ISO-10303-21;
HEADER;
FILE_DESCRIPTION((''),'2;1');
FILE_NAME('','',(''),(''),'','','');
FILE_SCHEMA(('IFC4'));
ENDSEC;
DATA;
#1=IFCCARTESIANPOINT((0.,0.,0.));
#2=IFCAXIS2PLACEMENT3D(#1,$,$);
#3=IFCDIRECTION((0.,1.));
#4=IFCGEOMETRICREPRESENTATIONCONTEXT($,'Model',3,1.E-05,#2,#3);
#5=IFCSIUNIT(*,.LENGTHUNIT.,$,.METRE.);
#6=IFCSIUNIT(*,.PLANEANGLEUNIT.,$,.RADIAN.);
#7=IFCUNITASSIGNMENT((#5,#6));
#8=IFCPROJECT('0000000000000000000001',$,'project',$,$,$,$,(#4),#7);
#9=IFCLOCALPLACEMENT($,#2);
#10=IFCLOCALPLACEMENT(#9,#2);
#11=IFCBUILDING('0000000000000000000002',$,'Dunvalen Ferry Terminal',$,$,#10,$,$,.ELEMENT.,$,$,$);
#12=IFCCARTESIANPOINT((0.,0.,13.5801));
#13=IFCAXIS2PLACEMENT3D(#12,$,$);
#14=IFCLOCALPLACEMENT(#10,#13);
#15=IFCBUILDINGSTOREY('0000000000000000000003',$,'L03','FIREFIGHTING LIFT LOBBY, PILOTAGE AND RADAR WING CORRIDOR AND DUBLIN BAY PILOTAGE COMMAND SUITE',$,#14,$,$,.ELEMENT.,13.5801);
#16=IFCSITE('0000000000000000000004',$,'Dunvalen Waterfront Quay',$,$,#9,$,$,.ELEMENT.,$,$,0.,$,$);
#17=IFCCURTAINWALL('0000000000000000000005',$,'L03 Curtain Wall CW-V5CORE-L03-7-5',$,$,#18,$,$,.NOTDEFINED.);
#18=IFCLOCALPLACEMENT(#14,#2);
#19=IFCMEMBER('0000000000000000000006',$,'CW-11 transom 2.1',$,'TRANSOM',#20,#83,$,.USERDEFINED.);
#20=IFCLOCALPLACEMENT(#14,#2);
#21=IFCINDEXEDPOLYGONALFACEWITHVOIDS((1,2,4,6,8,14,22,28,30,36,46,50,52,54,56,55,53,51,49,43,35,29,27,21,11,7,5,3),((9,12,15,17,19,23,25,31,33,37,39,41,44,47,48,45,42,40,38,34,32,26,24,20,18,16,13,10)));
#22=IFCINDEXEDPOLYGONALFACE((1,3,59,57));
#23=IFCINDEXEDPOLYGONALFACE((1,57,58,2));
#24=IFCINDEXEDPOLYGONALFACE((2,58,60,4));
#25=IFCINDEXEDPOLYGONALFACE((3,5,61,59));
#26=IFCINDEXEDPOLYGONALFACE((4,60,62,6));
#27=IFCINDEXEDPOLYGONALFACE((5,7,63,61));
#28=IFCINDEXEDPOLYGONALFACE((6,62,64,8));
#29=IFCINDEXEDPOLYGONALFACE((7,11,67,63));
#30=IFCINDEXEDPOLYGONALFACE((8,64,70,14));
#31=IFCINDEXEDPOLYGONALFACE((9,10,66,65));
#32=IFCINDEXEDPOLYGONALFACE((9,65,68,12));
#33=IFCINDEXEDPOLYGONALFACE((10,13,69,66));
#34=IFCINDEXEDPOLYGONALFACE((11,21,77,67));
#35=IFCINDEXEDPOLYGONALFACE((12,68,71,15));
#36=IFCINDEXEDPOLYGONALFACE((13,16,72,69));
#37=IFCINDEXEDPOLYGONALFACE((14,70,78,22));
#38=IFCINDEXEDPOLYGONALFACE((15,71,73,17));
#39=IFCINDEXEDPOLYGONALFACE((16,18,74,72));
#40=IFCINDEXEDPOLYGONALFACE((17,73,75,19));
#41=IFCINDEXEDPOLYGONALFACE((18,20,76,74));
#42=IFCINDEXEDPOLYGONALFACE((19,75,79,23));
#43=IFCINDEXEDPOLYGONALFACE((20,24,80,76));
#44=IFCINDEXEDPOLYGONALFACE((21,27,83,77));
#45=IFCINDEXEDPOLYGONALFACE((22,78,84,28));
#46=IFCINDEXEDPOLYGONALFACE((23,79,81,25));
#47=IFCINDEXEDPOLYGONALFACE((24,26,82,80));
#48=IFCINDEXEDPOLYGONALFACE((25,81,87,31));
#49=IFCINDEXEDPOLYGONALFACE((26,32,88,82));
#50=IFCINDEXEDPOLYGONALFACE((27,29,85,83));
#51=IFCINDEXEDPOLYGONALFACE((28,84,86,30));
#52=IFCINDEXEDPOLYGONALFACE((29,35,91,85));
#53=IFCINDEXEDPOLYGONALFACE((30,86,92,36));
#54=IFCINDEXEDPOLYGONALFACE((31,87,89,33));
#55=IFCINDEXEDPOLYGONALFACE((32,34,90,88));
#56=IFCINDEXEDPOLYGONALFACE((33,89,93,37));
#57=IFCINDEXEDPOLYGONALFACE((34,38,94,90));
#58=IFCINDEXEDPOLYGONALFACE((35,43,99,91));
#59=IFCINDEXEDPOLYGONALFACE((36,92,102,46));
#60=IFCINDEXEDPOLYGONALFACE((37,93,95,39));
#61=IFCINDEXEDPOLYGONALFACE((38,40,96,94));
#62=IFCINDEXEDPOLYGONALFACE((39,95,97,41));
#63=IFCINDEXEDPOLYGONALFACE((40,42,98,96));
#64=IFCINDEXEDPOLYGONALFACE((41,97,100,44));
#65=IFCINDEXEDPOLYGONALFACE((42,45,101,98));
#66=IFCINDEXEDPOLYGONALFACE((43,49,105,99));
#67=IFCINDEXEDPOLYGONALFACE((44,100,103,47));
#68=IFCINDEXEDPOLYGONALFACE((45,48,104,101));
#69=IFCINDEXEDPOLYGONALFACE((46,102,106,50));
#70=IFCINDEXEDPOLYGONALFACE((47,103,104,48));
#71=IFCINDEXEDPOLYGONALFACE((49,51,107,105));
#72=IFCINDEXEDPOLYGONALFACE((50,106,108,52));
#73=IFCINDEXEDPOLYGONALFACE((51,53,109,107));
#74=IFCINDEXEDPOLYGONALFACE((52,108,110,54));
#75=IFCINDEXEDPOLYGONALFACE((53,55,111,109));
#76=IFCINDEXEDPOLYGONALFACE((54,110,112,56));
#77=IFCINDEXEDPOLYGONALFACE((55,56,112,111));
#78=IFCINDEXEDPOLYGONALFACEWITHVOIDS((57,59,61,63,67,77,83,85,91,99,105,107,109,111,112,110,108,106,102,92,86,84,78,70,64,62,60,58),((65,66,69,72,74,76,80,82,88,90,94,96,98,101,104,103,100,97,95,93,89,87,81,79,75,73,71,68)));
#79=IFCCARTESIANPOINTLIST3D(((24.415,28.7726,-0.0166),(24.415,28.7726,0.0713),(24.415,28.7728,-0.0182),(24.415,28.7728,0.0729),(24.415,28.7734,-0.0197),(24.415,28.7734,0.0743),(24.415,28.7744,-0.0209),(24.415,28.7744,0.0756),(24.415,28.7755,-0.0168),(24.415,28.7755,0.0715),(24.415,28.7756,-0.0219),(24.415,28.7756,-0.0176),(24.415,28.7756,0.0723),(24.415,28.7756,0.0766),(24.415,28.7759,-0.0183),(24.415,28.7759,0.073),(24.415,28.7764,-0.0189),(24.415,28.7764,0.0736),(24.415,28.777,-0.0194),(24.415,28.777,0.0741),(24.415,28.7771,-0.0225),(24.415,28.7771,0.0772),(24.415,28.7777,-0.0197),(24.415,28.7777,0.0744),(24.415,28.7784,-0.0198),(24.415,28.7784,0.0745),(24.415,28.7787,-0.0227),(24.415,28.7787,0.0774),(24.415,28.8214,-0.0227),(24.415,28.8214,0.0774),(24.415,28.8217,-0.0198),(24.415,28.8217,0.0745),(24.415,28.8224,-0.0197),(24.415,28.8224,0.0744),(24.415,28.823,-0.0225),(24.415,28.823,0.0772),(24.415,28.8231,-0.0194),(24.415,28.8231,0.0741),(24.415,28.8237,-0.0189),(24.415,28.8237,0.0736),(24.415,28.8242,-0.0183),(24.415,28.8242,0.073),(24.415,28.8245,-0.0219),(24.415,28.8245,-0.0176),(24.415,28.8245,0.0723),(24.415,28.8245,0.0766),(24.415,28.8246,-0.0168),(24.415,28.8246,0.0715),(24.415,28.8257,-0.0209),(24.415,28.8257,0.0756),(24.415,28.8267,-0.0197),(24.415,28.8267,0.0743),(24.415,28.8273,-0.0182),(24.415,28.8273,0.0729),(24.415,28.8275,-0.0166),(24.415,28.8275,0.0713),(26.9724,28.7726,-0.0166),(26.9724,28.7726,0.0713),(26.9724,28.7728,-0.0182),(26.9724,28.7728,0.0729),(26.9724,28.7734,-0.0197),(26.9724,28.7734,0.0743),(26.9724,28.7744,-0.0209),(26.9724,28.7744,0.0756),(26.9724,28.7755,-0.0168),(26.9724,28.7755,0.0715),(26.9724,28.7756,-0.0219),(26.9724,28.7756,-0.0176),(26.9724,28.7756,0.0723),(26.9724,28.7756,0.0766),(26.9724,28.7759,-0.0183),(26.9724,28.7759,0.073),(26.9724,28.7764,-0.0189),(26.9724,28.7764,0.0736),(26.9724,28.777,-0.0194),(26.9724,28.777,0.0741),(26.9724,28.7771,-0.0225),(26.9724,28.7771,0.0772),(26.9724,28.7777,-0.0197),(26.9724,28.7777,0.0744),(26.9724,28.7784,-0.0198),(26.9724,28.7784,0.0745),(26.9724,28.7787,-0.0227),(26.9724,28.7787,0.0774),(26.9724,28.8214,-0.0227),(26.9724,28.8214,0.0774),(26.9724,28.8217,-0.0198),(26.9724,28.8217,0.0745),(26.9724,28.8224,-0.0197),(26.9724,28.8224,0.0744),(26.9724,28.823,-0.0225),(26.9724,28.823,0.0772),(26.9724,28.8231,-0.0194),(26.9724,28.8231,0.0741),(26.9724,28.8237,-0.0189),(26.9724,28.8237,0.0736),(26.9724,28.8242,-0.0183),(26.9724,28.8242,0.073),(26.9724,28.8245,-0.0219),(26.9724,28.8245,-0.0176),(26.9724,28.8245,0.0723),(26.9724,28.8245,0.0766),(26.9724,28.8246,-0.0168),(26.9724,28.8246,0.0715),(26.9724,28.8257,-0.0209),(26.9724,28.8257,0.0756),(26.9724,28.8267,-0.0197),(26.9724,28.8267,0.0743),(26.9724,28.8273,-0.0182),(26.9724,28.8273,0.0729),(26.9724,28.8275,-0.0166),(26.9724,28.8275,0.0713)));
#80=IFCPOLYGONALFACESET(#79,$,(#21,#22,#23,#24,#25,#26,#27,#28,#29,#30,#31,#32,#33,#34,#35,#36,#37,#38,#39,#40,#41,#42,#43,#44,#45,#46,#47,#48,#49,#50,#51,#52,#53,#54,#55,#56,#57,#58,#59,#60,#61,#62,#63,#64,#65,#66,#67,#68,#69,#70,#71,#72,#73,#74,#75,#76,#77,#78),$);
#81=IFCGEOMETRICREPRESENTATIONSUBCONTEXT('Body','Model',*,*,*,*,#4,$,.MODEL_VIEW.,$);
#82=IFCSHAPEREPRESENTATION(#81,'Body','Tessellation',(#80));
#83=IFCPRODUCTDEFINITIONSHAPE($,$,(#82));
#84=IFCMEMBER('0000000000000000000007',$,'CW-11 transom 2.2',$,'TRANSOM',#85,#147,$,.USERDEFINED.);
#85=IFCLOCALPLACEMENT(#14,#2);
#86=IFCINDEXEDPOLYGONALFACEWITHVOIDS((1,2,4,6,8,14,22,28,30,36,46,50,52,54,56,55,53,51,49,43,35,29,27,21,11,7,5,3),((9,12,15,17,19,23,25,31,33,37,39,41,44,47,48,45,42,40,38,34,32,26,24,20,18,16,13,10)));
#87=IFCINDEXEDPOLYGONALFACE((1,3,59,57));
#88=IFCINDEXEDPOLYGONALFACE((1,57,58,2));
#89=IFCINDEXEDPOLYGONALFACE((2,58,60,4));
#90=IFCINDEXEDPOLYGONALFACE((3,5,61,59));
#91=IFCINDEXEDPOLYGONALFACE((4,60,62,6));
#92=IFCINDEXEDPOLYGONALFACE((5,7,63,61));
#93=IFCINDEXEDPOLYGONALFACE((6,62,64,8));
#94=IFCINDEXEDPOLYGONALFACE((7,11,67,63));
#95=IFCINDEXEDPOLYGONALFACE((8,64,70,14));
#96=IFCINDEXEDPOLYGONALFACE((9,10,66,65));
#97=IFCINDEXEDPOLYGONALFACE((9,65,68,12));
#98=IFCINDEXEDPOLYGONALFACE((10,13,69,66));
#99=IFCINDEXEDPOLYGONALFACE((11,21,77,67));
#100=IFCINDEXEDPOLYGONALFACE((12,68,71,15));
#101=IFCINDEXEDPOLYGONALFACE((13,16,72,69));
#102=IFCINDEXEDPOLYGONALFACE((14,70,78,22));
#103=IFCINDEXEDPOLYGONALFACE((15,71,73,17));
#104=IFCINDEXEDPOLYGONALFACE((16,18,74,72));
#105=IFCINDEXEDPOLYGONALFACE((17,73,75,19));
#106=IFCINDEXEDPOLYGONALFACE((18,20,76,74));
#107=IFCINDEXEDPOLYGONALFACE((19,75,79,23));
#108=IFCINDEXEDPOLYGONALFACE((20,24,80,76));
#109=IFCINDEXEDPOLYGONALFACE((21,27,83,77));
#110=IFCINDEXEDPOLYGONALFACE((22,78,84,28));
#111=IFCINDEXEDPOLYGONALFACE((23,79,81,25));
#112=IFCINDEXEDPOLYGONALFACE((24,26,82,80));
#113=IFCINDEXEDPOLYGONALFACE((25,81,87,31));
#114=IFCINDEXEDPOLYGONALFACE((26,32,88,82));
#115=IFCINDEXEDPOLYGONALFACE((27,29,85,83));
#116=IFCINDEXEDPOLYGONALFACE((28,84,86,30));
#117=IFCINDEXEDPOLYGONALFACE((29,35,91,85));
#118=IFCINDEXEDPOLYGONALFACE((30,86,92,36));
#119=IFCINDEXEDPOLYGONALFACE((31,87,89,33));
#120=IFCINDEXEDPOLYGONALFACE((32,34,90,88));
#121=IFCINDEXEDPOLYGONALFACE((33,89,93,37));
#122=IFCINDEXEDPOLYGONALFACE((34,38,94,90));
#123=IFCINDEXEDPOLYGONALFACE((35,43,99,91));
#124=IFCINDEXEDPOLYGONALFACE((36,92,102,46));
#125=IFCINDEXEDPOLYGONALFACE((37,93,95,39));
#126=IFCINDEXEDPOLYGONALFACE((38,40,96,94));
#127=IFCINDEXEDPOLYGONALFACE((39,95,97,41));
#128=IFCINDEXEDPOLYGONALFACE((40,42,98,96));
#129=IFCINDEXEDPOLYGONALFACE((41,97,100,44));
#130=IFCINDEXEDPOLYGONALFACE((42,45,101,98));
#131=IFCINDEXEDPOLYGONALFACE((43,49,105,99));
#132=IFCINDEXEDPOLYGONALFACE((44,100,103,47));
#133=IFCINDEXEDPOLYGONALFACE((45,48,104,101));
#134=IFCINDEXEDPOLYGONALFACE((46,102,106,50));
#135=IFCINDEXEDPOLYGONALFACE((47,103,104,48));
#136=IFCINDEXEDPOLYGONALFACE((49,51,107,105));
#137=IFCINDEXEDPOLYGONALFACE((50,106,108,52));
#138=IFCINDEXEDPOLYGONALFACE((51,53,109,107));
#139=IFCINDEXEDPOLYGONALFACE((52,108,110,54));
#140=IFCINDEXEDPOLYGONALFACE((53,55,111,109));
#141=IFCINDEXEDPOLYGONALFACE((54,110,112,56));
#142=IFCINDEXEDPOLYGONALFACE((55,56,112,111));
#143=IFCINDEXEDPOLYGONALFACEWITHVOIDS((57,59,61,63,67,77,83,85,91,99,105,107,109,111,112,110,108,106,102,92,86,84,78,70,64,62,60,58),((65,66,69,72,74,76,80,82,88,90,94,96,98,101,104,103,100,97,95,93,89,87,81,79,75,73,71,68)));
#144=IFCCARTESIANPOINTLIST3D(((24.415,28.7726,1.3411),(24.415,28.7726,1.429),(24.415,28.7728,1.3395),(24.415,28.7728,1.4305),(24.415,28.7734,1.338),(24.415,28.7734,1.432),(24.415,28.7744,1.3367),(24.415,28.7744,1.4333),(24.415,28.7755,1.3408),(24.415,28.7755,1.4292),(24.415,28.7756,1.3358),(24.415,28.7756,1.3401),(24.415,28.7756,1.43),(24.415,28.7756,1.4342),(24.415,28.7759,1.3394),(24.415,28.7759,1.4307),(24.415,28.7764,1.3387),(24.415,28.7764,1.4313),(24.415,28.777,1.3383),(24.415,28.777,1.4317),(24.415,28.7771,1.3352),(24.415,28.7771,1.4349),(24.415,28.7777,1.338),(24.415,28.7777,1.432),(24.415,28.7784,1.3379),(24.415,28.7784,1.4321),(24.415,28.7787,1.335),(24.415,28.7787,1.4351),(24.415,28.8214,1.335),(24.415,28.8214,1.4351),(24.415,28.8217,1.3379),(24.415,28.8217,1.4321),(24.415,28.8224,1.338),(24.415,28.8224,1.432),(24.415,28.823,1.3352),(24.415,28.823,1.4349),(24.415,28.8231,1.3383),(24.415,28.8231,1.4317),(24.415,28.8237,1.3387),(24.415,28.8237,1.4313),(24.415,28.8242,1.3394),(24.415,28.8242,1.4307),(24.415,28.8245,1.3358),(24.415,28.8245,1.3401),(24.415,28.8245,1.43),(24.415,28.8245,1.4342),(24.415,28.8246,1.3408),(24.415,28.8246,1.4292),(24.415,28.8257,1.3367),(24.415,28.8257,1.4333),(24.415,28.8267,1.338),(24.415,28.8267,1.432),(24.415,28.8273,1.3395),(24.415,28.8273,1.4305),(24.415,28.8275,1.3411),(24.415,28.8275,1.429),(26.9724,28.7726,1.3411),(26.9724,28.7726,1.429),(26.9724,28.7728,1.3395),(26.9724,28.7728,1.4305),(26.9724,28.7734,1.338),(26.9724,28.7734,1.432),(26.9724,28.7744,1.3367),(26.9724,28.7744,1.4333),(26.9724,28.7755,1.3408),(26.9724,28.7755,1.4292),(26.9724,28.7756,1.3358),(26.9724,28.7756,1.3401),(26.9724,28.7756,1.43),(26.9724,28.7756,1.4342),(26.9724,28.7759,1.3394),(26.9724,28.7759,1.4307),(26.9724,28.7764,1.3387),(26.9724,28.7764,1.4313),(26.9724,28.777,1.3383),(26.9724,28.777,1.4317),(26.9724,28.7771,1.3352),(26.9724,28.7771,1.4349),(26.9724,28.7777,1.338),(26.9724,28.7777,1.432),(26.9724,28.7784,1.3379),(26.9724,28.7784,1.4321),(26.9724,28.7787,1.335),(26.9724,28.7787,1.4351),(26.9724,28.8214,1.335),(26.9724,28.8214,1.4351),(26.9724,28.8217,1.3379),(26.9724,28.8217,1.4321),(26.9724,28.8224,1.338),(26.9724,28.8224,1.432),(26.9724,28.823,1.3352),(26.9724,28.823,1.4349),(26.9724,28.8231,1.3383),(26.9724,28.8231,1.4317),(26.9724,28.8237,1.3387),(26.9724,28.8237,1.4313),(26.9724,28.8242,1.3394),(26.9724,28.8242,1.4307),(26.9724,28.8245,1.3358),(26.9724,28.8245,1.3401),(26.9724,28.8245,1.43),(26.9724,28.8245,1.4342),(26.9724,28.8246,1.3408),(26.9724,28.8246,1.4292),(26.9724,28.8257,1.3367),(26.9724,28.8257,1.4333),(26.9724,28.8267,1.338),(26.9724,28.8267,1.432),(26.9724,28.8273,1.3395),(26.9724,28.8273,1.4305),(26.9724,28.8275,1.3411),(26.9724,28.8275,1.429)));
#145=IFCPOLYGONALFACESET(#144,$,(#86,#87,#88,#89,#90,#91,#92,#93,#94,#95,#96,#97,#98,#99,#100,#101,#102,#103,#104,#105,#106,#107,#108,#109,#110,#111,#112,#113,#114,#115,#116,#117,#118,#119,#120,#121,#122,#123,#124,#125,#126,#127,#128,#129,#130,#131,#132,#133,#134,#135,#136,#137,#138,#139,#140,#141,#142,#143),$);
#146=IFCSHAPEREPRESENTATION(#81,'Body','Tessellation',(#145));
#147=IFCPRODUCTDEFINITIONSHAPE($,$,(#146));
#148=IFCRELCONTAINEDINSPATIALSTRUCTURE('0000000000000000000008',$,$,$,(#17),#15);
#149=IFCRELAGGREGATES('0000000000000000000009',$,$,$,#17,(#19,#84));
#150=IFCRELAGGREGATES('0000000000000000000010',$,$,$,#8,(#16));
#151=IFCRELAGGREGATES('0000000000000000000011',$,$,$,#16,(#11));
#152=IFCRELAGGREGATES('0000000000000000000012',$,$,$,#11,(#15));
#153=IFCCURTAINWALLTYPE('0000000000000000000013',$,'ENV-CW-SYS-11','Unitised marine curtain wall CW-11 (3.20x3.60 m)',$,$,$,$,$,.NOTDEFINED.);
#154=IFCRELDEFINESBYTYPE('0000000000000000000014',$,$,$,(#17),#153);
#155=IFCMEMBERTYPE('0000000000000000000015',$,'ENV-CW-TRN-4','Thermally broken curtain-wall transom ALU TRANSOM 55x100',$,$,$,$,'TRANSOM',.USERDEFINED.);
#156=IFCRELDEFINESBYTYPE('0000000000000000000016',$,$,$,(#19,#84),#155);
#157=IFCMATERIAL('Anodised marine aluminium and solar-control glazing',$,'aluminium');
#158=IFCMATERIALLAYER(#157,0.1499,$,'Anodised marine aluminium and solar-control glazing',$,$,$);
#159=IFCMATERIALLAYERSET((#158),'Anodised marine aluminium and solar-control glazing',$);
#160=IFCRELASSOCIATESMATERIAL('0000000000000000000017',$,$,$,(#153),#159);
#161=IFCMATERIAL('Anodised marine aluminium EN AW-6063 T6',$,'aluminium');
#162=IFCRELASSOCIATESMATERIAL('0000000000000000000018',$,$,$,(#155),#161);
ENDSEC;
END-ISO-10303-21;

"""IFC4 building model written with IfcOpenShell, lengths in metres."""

from ifc_helpers import new_model, si_unit, direction, frame, origin, origin_2d, place, context, subcontext, project, spatial, hollow_rectangle, extrude, material, layer, layer_set, material_profile, profile_set, type_object, element, aggregate, save


model = new_model("IFC4")

# Units and contexts
model_context = context("Model", 3, precision=1e-05, world=origin(), true_north=direction((0.0, 1.0)))
body_context = subcontext(model_context, "Body", "Model", "MODEL_VIEW")
ifc_project = project(units=[si_unit("LENGTHUNIT", "METRE"), si_unit("PLANEANGLEUNIT", "RADIAN")], contexts=[model_context])

# Site, building, storey
site_placement = place(None, origin())
site = spatial("IfcSite", under=ifc_project, at=site_placement, Name="Dunvalen Waterfront Quay", CompositionType="ELEMENT", RefElevation=0.0)
building_placement = place(site_placement, origin())
building = spatial("IfcBuilding", under=site, at=building_placement, Name="Dunvalen Ferry Terminal", CompositionType="ELEMENT")
storey_placement = place(building_placement, frame((0.0, 0.0, 13.5801)))
storey = spatial("IfcBuildingStorey", under=building, at=storey_placement, Name="L03", Description="FIREFIGHTING LIFT LOBBY, PILOTAGE AND RADAR WING CORRIDOR AND DUBLIN BAY PILOTAGE COMMAND SUITE", CompositionType="ELEMENT", Elevation=13.5801)

# Curtain wall, members
ifc_material_1 = material(Name="Anodised marine aluminium and solar-control glazing", Category="aluminium")
ifc_layer_1 = layer(ifc_material_1, 0.1499, Name="Anodised marine aluminium and solar-control glazing")
ifc_layer_set_1 = layer_set([ifc_layer_1], Name="Anodised marine aluminium and solar-control glazing")
curtain_wall_type = type_object("IfcCurtainWallType", Name="ENV-CW-SYS-11", Description="Unitised marine curtain wall CW-11 (3.20x3.60 m)", PredefinedType="NOTDEFINED", material=ifc_layer_set_1)
curtain_wall_placement = place(storey_placement, origin())
curtain_wall = element("IfcCurtainWall", 1, at=curtain_wall_placement, inside=storey, type_object=curtain_wall_type, Name="L03 Curtain Wall CW-V5CORE-L03-7-5", PredefinedType="NOTDEFINED")
ifc_material_2 = material(Name="Anodised marine aluminium EN AW-6063 T6", Category="aluminium")
ifc_material_profile_1 = material_profile(ifc_material_2, hollow_rectangle(XDim=0.0549, YDim=0.1001, WallThickness=0.0029, InnerFilletRadius=0.0029, OuterFilletRadius=0.0061, at=origin_2d()), Name="Anodised marine aluminium EN AW-6063 T6")
ifc_profile_set_1 = profile_set([ifc_material_profile_1], Name="Anodised marine aluminium EN AW-6063 T6")
member_type_1 = type_object("IfcMemberType", Name="ENV-CW-TRN-4", Description="Thermally broken curtain-wall transom ALU TRANSOM 55x100", ElementType="TRANSOM", PredefinedType="USERDEFINED", material=ifc_profile_set_1)
member_1_placement = place(storey_placement, frame((26.9724, 28.8, 0.0273), z_axis=(-1.0, 0.0, 0.0), x_axis=(0.0, -1.0, 0.0)))
member_1 = element("IfcMember", 2, at=member_1_placement, type_object=member_type_1, Name="CW-11 transom 2.1", ObjectType="TRANSOM", PredefinedType="USERDEFINED", context=body_context, shape_type="SweptSolid", body=[
    extrude(hollow_rectangle(XDim=0.0549, YDim=0.1001, WallThickness=0.0029, InnerFilletRadius=0.0029, OuterFilletRadius=0.0061, at=origin_2d()), origin(), (0.0, 0.0, 1.0), 2.5574),
])
member_2_placement = place(storey_placement, frame((26.9724, 28.8, 1.385), z_axis=(-1.0, 0.0, 0.0), x_axis=(0.0, -1.0, 0.0)))
member_2 = element("IfcMember", 3, at=member_2_placement, type_object=member_type_1, Name="CW-11 transom 2.2", ObjectType="TRANSOM", PredefinedType="USERDEFINED", context=body_context, shape_type="SweptSolid", body=[
    extrude(hollow_rectangle(XDim=0.0549, YDim=0.1001, WallThickness=0.0029, InnerFilletRadius=0.0029, OuterFilletRadius=0.0061, at=origin_2d()), origin(), (0.0, 0.0, 1.0), 2.5574),
])

aggregate(curtain_wall, [member_1, member_2])

save(model, "model.ifc")
